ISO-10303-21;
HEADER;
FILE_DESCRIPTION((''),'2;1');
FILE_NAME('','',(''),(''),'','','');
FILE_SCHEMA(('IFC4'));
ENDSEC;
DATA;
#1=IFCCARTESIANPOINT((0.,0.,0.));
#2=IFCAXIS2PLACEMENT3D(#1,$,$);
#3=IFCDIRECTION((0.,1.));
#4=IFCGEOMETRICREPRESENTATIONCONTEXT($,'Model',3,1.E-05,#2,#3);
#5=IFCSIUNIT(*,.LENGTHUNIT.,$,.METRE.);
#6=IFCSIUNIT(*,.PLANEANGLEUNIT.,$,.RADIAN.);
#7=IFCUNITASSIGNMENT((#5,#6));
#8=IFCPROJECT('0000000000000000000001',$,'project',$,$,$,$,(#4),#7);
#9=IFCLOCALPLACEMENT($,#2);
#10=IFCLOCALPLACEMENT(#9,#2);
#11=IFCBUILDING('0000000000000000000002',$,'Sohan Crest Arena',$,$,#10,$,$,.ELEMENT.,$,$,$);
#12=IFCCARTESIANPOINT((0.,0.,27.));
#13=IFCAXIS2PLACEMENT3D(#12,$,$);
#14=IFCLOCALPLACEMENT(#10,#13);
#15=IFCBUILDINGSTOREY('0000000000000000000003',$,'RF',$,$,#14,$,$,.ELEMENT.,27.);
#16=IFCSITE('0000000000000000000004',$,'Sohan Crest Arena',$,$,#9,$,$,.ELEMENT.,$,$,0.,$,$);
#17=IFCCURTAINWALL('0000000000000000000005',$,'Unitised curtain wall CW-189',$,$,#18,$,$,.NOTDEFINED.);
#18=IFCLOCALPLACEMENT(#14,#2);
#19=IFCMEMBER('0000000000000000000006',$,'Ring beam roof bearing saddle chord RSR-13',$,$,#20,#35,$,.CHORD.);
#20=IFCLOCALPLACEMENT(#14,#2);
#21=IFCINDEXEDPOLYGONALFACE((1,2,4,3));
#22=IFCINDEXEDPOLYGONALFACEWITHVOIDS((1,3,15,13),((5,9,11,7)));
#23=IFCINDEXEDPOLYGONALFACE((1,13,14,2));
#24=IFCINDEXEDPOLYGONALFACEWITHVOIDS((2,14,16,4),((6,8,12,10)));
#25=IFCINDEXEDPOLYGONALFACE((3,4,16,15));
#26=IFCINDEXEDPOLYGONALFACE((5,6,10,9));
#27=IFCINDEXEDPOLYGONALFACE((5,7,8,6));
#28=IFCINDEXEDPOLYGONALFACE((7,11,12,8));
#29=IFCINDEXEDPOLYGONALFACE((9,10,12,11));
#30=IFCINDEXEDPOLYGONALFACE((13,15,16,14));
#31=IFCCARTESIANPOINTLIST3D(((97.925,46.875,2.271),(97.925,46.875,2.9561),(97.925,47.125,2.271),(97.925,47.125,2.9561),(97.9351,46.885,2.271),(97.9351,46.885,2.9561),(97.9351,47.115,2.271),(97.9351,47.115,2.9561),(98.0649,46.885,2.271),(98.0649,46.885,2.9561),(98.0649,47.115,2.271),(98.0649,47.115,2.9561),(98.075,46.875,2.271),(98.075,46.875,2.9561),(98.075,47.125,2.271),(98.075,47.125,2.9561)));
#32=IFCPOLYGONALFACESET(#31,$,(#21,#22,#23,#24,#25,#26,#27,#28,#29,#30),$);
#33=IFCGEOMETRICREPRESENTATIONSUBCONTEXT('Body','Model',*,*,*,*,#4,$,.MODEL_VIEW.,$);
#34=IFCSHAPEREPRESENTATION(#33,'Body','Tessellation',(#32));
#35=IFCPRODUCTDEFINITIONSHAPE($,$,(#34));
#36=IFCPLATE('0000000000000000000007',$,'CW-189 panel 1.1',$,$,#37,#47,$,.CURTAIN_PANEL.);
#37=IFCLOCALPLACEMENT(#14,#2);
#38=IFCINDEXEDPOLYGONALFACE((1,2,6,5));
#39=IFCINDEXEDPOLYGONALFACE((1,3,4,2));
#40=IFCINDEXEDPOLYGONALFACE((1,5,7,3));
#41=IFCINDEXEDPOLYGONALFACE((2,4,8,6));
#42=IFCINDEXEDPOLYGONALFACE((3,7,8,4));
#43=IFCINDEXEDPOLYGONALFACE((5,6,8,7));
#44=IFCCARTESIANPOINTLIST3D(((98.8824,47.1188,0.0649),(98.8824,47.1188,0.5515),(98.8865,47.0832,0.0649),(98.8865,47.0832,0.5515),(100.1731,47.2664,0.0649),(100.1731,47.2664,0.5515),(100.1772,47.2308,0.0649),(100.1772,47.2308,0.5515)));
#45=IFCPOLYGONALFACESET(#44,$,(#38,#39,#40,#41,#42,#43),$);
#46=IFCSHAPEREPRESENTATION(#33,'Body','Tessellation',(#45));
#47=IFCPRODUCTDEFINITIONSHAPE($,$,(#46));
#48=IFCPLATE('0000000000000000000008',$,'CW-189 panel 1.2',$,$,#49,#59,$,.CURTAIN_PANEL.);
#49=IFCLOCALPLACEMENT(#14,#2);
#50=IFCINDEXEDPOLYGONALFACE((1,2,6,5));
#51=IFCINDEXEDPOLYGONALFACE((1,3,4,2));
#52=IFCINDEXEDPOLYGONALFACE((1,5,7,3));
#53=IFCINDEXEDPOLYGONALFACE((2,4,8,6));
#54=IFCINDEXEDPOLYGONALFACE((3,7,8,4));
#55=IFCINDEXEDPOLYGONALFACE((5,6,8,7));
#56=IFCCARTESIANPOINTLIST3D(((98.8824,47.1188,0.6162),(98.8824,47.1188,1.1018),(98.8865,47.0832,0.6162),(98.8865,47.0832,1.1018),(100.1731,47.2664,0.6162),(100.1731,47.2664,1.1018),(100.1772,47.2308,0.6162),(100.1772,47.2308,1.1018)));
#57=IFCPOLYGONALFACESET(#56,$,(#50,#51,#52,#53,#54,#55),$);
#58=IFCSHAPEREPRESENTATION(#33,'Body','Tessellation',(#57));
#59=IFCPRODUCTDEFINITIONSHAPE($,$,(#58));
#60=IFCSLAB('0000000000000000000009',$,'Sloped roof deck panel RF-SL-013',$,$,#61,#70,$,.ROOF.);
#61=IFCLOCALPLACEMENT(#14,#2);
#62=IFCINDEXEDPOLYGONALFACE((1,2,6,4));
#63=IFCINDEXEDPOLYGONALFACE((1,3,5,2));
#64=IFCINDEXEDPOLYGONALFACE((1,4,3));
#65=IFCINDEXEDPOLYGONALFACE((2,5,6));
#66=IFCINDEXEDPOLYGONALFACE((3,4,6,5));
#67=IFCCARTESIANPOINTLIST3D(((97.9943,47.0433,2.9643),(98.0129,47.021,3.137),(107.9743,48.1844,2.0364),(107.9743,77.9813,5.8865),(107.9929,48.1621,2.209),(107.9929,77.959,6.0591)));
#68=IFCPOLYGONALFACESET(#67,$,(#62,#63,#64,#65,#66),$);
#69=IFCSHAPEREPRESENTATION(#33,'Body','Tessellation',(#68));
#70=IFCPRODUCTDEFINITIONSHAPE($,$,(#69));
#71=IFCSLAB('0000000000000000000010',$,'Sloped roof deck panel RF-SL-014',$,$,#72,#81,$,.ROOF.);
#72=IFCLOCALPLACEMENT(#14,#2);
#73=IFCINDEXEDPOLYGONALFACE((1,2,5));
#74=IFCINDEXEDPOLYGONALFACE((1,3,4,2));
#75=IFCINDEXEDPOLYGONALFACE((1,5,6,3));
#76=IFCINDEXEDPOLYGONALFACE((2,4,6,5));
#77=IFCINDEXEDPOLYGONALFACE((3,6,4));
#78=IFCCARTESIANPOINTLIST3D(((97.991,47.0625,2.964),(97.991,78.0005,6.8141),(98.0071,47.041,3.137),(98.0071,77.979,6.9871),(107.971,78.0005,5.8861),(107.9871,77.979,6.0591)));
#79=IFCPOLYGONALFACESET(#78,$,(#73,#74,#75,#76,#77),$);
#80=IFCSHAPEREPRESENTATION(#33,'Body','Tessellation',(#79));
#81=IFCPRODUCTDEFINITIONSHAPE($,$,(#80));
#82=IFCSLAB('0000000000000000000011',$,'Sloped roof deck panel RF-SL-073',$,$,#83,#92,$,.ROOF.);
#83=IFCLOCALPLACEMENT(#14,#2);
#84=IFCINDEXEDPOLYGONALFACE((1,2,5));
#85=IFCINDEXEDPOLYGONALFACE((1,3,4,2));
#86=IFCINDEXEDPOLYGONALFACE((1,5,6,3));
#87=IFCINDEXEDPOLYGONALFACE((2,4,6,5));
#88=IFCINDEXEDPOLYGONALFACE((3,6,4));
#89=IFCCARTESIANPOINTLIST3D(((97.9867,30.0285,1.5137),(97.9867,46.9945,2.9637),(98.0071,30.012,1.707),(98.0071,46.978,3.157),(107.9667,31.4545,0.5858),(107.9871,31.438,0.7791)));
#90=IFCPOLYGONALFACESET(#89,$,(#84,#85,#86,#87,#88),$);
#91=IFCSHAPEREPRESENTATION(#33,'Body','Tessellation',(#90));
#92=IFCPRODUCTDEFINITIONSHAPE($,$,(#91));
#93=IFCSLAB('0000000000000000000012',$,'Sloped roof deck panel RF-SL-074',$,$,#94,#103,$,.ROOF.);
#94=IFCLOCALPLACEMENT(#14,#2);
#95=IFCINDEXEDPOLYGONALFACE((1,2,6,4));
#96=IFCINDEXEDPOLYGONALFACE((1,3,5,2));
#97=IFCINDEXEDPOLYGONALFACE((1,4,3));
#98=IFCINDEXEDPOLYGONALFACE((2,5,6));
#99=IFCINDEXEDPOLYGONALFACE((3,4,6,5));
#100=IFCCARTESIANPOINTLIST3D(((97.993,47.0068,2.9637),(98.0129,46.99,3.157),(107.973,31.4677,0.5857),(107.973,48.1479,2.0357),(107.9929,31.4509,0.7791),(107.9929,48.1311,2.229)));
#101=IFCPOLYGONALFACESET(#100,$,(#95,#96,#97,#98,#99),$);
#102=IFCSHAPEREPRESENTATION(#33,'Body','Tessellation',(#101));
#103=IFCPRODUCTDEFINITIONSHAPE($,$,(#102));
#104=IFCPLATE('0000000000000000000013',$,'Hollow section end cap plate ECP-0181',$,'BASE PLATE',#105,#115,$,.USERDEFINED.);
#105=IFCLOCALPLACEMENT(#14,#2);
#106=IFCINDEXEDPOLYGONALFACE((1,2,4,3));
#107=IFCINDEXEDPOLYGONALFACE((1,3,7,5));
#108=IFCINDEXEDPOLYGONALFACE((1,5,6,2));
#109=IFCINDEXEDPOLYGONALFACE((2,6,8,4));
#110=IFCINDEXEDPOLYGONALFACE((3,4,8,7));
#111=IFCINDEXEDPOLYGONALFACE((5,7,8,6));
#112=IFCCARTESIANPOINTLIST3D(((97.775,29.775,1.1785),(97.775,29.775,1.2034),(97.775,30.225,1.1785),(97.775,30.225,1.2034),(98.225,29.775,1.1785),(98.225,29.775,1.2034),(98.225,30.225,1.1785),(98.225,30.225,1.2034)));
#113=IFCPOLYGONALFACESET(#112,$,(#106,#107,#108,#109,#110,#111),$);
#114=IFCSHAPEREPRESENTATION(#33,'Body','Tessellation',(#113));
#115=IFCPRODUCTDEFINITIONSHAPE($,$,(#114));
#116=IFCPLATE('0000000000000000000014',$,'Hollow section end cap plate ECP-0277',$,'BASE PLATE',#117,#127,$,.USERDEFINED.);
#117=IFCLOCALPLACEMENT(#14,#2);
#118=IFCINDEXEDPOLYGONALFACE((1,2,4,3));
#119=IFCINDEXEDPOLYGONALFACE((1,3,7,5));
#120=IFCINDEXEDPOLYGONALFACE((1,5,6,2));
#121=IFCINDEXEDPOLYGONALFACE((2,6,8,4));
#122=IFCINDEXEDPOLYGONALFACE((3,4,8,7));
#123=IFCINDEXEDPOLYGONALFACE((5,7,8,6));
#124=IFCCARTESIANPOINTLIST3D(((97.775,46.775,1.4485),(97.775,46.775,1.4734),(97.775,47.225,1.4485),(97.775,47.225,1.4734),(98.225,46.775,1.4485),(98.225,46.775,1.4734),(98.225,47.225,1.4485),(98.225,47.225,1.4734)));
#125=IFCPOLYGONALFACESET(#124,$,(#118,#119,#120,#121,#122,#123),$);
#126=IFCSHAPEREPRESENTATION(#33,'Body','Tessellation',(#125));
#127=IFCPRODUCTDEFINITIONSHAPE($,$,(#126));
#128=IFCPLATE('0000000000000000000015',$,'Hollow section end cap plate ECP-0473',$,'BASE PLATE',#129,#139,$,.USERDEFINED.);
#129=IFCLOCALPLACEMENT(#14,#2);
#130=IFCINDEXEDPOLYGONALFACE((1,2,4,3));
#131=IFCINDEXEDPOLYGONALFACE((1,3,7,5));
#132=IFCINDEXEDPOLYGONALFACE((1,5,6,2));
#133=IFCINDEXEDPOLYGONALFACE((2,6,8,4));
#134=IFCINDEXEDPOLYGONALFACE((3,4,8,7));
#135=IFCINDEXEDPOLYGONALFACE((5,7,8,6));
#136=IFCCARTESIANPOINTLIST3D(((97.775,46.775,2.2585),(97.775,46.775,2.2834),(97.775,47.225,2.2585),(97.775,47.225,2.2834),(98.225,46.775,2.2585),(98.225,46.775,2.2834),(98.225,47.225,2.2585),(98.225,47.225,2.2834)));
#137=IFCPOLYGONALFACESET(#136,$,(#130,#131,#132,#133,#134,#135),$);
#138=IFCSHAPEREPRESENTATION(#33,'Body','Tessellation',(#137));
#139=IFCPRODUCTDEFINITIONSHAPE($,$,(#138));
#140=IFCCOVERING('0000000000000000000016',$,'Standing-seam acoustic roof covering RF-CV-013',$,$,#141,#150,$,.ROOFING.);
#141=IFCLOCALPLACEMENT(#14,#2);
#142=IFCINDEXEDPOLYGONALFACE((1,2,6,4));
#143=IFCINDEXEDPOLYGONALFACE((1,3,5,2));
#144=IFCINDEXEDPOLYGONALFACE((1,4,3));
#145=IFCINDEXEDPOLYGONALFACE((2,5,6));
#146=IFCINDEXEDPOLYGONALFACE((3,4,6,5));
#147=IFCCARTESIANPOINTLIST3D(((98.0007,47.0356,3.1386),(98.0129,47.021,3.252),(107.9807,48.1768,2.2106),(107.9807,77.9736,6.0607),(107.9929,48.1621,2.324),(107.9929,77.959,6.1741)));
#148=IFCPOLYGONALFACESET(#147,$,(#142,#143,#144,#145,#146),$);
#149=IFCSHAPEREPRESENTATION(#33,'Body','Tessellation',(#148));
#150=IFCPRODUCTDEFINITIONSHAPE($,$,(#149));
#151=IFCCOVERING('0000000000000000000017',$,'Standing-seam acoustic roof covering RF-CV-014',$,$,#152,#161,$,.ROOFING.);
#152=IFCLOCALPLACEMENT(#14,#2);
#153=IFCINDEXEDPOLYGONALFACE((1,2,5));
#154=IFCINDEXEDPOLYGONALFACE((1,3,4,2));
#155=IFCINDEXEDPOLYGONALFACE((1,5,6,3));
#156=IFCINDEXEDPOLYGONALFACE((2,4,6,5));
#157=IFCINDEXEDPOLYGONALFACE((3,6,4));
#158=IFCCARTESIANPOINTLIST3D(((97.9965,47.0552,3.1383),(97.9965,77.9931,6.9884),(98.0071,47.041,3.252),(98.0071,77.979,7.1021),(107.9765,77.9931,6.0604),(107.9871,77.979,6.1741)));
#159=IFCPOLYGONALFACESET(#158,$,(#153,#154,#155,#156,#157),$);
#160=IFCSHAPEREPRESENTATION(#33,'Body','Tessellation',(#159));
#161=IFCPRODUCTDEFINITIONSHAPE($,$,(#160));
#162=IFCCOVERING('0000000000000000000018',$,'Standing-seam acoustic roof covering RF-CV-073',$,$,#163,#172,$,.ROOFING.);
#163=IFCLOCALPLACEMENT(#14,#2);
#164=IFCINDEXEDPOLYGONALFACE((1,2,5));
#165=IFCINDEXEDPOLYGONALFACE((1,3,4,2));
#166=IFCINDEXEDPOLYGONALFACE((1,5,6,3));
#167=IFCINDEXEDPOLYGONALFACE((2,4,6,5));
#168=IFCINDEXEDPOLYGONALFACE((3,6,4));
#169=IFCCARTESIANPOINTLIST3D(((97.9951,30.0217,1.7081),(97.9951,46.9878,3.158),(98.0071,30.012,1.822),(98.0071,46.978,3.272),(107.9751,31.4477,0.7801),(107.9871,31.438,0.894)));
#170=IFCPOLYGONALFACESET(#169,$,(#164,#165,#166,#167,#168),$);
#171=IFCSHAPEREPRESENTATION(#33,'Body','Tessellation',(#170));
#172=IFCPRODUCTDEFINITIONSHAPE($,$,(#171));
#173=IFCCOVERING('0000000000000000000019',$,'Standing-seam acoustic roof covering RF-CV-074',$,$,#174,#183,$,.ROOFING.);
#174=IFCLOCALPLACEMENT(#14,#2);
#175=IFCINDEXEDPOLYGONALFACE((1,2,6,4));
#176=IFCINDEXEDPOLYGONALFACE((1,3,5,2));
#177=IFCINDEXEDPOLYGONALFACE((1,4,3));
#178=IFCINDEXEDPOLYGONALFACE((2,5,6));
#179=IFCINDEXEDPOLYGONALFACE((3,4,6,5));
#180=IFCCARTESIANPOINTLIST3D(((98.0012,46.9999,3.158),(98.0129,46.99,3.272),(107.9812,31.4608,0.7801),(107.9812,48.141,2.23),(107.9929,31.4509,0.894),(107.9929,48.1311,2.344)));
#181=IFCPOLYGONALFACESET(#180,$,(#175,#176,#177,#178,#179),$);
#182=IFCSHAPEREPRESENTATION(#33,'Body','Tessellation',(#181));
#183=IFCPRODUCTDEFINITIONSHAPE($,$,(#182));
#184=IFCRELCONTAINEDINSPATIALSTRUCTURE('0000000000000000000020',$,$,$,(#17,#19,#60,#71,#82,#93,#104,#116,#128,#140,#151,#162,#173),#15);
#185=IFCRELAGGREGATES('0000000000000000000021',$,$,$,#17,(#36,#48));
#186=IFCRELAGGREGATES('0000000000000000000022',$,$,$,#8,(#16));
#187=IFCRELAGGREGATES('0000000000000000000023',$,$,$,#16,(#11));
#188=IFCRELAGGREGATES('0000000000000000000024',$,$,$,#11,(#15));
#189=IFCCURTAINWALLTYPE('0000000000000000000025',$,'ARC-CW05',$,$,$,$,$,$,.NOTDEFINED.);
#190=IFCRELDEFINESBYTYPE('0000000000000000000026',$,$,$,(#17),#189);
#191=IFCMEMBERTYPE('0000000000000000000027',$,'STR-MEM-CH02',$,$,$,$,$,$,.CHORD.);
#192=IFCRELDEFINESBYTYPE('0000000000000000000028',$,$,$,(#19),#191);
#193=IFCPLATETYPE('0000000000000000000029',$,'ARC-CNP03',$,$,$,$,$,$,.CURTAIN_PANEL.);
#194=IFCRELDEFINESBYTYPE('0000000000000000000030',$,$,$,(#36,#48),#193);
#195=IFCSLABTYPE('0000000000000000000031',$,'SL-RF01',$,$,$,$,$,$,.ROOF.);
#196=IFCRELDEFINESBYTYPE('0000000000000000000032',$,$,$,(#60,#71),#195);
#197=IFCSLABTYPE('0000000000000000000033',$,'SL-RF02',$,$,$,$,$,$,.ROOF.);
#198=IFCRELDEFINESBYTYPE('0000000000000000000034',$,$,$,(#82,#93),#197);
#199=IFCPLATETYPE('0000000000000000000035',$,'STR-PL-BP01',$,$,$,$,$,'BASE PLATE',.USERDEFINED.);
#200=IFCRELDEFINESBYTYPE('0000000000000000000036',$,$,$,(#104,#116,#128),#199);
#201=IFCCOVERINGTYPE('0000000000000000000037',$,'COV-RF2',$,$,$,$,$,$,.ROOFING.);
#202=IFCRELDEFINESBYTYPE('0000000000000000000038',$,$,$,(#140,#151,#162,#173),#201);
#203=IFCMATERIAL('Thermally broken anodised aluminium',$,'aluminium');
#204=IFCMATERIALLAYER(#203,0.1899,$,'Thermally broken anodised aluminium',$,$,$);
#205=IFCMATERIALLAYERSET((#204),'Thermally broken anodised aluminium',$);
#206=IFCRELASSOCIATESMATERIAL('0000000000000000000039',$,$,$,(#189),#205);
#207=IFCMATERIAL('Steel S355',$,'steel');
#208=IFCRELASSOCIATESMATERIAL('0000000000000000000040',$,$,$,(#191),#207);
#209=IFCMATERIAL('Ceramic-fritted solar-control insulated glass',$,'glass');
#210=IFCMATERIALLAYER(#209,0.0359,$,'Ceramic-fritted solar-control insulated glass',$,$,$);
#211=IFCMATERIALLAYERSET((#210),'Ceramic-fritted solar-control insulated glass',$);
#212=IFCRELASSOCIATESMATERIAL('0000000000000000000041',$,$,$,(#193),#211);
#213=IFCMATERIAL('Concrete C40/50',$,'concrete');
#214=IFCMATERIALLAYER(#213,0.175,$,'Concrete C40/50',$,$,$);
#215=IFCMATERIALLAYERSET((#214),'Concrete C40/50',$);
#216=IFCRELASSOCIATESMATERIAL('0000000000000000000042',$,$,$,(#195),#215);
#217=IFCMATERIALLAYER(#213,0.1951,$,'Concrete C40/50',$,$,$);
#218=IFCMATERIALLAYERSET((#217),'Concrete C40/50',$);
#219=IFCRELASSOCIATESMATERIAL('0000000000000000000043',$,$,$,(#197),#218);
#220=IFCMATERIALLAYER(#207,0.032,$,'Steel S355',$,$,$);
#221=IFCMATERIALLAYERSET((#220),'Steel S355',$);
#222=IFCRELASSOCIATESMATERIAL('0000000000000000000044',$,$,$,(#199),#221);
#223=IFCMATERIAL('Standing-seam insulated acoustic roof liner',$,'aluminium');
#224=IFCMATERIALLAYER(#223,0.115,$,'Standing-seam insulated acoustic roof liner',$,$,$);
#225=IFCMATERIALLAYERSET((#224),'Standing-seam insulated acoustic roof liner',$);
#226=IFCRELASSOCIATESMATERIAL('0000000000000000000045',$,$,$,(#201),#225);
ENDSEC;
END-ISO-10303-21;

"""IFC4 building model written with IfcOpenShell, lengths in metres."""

from ifc_helpers import new_model, si_unit, direction, frame, origin, origin_2d, place, context, subcontext, project, spatial, polyline, rectangle, hollow_rectangle, outline, extrude, material, layer, layer_set, material_profile, profile_set, type_object, element, aggregate, save


model = new_model("IFC4")

# Units and contexts
model_context = context("Model", 3, precision=1e-05, world=origin(), true_north=direction((0.0, 1.0)))
body_context = subcontext(model_context, "Body", "Model", "MODEL_VIEW")
ifc_project = project(units=[si_unit("LENGTHUNIT", "METRE"), si_unit("PLANEANGLEUNIT", "RADIAN")], contexts=[model_context])

# Site, building, storey
site_placement = place(None, origin())
site = spatial("IfcSite", under=ifc_project, at=site_placement, Name="Sohan Crest Arena", CompositionType="ELEMENT", RefElevation=0.0)
building_placement = place(site_placement, origin())
building = spatial("IfcBuilding", under=site, at=building_placement, Name="Sohan Crest Arena", CompositionType="ELEMENT")
storey_placement = place(building_placement, frame((0.0, 0.0, 27.0)))
storey = spatial("IfcBuildingStorey", under=building, at=storey_placement, Name="RF", CompositionType="ELEMENT", Elevation=27.0)

# Shared definitions
ifc_material_1 = material(Name="Steel S355", Category="steel")

# Curtain wall
ifc_material_2 = material(Name="Thermally broken anodised aluminium", Category="aluminium")
ifc_layer_1 = layer(ifc_material_2, 0.1899, Name="Thermally broken anodised aluminium")
ifc_layer_set_1 = layer_set([ifc_layer_1], Name="Thermally broken anodised aluminium")
curtain_wall_type = type_object("IfcCurtainWallType", Name="ARC-CW05", PredefinedType="NOTDEFINED", material=ifc_layer_set_1)
curtain_wall_placement = place(storey_placement, origin())
curtain_wall = element("IfcCurtainWall", 1, at=curtain_wall_placement, inside=storey, type_object=curtain_wall_type, Name="Unitised curtain wall CW-189", PredefinedType="NOTDEFINED")

# Member
ifc_material_profile_1 = material_profile(ifc_material_1, hollow_rectangle(XDim=0.1499, YDim=0.25, WallThickness=0.01, at=origin_2d()), Name="RHS 250x150x10")
ifc_profile_set_1 = profile_set([ifc_material_profile_1], Name="Steel S355")
member_type_1 = type_object("IfcMemberType", Name="STR-MEM-CH02", PredefinedType="CHORD", material=ifc_profile_set_1)
member_1_placement = place(storey_placement, frame((98.0, 47.0, 2.271), z_axis=(0.0, 0.0, 1.0), x_axis=(1.0, 0.0, 0.0)))
element("IfcMember", 2, at=member_1_placement, inside=storey, type_object=member_type_1, Name="Ring beam roof bearing saddle chord RSR-13", PredefinedType="CHORD", context=body_context, shape_type="SweptSolid", body=[
    extrude(hollow_rectangle(XDim=0.1499, YDim=0.25, WallThickness=0.01, at=origin_2d()), origin(), (0.0, 0.0, 1.0), 0.6851),
])

# Plates
ifc_material_3 = material(Name="Ceramic-fritted solar-control insulated glass", Category="glass")
ifc_layer_2 = layer(ifc_material_3, 0.0359, Name="Ceramic-fritted solar-control insulated glass")
ifc_layer_set_2 = layer_set([ifc_layer_2], Name="Ceramic-fritted solar-control insulated glass")
plate_type_1 = type_object("IfcPlateType", Name="ARC-CNP03", PredefinedType="CURTAIN_PANEL", material=ifc_layer_set_2)
plate_1_placement = place(storey_placement, frame((99.5298, 47.1748, 0.0649), z_axis=(0.0, 0.0, 1.0), x_axis=(0.993527, 0.113597, 0.0)))
plate_1 = element("IfcPlate", 3, at=plate_1_placement, type_object=plate_type_1, Name="CW-189 panel 1.1", PredefinedType="CURTAIN_PANEL", context=body_context, shape_type="SweptSolid", body=[
    extrude(rectangle(XDim=1.2991, YDim=0.0359, at=origin_2d()), origin(), (0.0, 0.0, 1.0), 0.4866),
])
plate_2_placement = place(storey_placement, frame((99.5298, 47.1748, 0.6162), z_axis=(0.0, 0.0, 1.0), x_axis=(0.993527, 0.113597, 0.0)))
plate_2 = element("IfcPlate", 4, at=plate_2_placement, type_object=plate_type_1, Name="CW-189 panel 1.2", PredefinedType="CURTAIN_PANEL", context=body_context, shape_type="SweptSolid", body=[
    extrude(rectangle(XDim=1.2991, YDim=0.0359, at=origin_2d()), origin(), (0.0, 0.0, 1.0), 0.4856),
])
aggregate(curtain_wall, [plate_1, plate_2])

# Slabs
ifc_material_4 = material(Name="Concrete C40/50", Category="concrete")
ifc_layer_3 = layer(ifc_material_4, 0.175, Name="Concrete C40/50")
ifc_layer_set_3 = layer_set([ifc_layer_3], Name="Concrete C40/50")
slab_type_1 = type_object("IfcSlabType", Name="SL-RF01", PredefinedType="ROOF", material=ifc_layer_set_3)
slab_1_placement = place(storey_placement, frame((98.0129, 47.021, 3.137), z_axis=(0.106265, -0.127421, 0.98614), x_axis=(0.989314, 0.113118, -0.09199)))
element("IfcSlab", 5, at=slab_1_placement, inside=storey, type_object=slab_type_1, Name="Sloped roof deck panel RF-SL-013", PredefinedType="ROOF", context=body_context, shape_type="SweptSolid", body=[
    extrude(outline(polyline([(0.0, 0.0), (10.0878, 0.0), (13.1042, 29.8928), (0.0, 0.0)])), origin(), (0.0, 0.0, -1.0), 0.175),
])
slab_2_placement = place(storey_placement, frame((98.0071, 47.041, 3.137), z_axis=(0.091882, -0.122971, 0.988148), x_axis=(0.305769, 0.947887, 0.089529)))
element("IfcSlab", 6, at=slab_2_placement, inside=storey, type_object=slab_type_1, Name="Sloped roof deck panel RF-SL-014", PredefinedType="ROOF", context=body_context, shape_type="SweptSolid", body=[
    extrude(outline(polyline([(0.0, 0.0), (32.6389, 0.0), (29.6704, 9.5734), (0.0, 0.0)])), origin(), (0.0, 0.0, -1.0), 0.175),
])
ifc_layer_4 = layer(ifc_material_4, 0.1951, Name="Concrete C40/50")
ifc_layer_set_4 = layer_set([ifc_layer_4], Name="Concrete C40/50")
slab_type_2 = type_object("IfcSlabType", Name="SL-RF02", PredefinedType="ROOF", material=ifc_layer_set_4)
slab_3_placement = place(storey_placement, frame((98.0071, 46.978, 3.157), z_axis=(0.104242, -0.084688, 0.99094), x_axis=(0.0, -0.996368, -0.085151)))
element("IfcSlab", 7, at=slab_3_placement, inside=storey, type_object=slab_type_2, Name="Sloped roof deck panel RF-SL-073", PredefinedType="ROOF", context=body_context, shape_type="SweptSolid", body=[
    extrude(outline(polyline([(0.0, 0.0), (17.0279, 0.0), (15.6861, 10.0347), (0.0, 0.0)])), origin(), (0.0, 0.0, -1.0), 0.1951),
])
slab_4_placement = place(storey_placement, frame((98.0129, 46.99, 3.157), z_axis=(0.102002, -0.086148, 0.991047), x_axis=(0.535972, -0.834521, -0.127706)))
element("IfcSlab", 8, at=slab_4_placement, inside=storey, type_object=slab_type_2, Name="Sloped roof deck panel RF-SL-074", PredefinedType="ROOF", context=body_context, shape_type="SweptSolid", body=[
    extrude(outline(polyline([(0.0, 0.0), (18.6203, 0.0), (4.5152, 9.0209), (0.0, 0.0)])), origin(), (0.0, 0.0, -1.0), 0.1951),
])

# Plates
ifc_layer_5 = layer(ifc_material_1, 0.032, Name="Steel S355")
ifc_layer_set_5 = layer_set([ifc_layer_5], Name="Steel S355")
plate_type_2 = type_object("IfcPlateType", Name="STR-PL-BP01", ElementType="BASE PLATE", PredefinedType="USERDEFINED", material=ifc_layer_set_5)
for number, where, z_axis, x_axis, name in (
    (9, (98.0, 30.0, 1.1785), (0.0, 0.0, 1.0), (1.0, 0.0, 0.0), "Hollow section end cap plate ECP-0181"),
    (10, (98.0, 47.0, 1.4485), (0.0, 0.0, 1.0), (1.0, 0.0, 0.0), "Hollow section end cap plate ECP-0277"),
    (11, (98.0, 47.0, 2.2585), (0.0, 0.0, 1.0), (1.0, 0.0, 0.0), "Hollow section end cap plate ECP-0473"),
):
    element("IfcPlate", number, at=place(storey_placement, frame(where, z_axis=z_axis, x_axis=x_axis)), inside=storey, type_object=plate_type_2, Name=name, ObjectType="BASE PLATE", PredefinedType="USERDEFINED", context=body_context, shape_type="SweptSolid", body=[
        extrude(rectangle(XDim=0.45, YDim=0.45, at=origin_2d()), origin(), (0.0, 0.0, 1.0), 0.0249),
    ])

# Coverings
ifc_material_5 = material(Name="Standing-seam insulated acoustic roof liner", Category="aluminium")
ifc_layer_6 = layer(ifc_material_5, 0.115, Name="Standing-seam insulated acoustic roof liner")
ifc_layer_set_6 = layer_set([ifc_layer_6], Name="Standing-seam insulated acoustic roof liner")
covering_type_1 = type_object("IfcCoveringType", Name="COV-RF2", PredefinedType="ROOFING", material=ifc_layer_set_6)
covering_1_placement = place(storey_placement, frame((98.0129, 47.021, 3.252), z_axis=(0.106265, -0.127421, 0.98614), x_axis=(0.989314, 0.113118, -0.09199)))
element("IfcCovering", 12, at=covering_1_placement, inside=storey, type_object=covering_type_1, Name="Standing-seam acoustic roof covering RF-CV-013", PredefinedType="ROOFING", context=body_context, shape_type="SweptSolid", body=[
    extrude(outline(polyline([(0.0, 0.0), (10.0878, 0.0), (13.1042, 29.8928), (0.0, 0.0)])), origin(), (0.0, 0.0, -1.0), 0.115),
])
covering_2_placement = place(storey_placement, frame((98.0071, 47.041, 3.252), z_axis=(0.091882, -0.122971, 0.988148), x_axis=(0.305769, 0.947887, 0.089529)))
element("IfcCovering", 13, at=covering_2_placement, inside=storey, type_object=covering_type_1, Name="Standing-seam acoustic roof covering RF-CV-014", PredefinedType="ROOFING", context=body_context, shape_type="SweptSolid", body=[
    extrude(outline(polyline([(0.0, 0.0), (32.6389, 0.0), (29.6704, 9.5734), (0.0, 0.0)])), origin(), (0.0, 0.0, -1.0), 0.115),
])
covering_3_placement = place(storey_placement, frame((98.0071, 46.978, 3.272), z_axis=(0.104242, -0.084688, 0.99094), x_axis=(0.0, -0.996368, -0.085151)))
element("IfcCovering", 14, at=covering_3_placement, inside=storey, type_object=covering_type_1, Name="Standing-seam acoustic roof covering RF-CV-073", PredefinedType="ROOFING", context=body_context, shape_type="SweptSolid", body=[
    extrude(outline(polyline([(0.0, 0.0), (17.0279, 0.0), (15.6861, 10.0347), (0.0, 0.0)])), origin(), (0.0, 0.0, -1.0), 0.115),
])
covering_4_placement = place(storey_placement, frame((98.0129, 46.99, 3.272), z_axis=(0.102002, -0.086148, 0.991047), x_axis=(0.535972, -0.834521, -0.127706)))
element("IfcCovering", 15, at=covering_4_placement, inside=storey, type_object=covering_type_1, Name="Standing-seam acoustic roof covering RF-CV-074", PredefinedType="ROOFING", context=body_context, shape_type="SweptSolid", body=[
    extrude(outline(polyline([(0.0, 0.0), (18.6203, 0.0), (4.5152, 9.0209), (0.0, 0.0)])), origin(), (0.0, 0.0, -1.0), 0.115),
])

save(model, "model.ifc")
